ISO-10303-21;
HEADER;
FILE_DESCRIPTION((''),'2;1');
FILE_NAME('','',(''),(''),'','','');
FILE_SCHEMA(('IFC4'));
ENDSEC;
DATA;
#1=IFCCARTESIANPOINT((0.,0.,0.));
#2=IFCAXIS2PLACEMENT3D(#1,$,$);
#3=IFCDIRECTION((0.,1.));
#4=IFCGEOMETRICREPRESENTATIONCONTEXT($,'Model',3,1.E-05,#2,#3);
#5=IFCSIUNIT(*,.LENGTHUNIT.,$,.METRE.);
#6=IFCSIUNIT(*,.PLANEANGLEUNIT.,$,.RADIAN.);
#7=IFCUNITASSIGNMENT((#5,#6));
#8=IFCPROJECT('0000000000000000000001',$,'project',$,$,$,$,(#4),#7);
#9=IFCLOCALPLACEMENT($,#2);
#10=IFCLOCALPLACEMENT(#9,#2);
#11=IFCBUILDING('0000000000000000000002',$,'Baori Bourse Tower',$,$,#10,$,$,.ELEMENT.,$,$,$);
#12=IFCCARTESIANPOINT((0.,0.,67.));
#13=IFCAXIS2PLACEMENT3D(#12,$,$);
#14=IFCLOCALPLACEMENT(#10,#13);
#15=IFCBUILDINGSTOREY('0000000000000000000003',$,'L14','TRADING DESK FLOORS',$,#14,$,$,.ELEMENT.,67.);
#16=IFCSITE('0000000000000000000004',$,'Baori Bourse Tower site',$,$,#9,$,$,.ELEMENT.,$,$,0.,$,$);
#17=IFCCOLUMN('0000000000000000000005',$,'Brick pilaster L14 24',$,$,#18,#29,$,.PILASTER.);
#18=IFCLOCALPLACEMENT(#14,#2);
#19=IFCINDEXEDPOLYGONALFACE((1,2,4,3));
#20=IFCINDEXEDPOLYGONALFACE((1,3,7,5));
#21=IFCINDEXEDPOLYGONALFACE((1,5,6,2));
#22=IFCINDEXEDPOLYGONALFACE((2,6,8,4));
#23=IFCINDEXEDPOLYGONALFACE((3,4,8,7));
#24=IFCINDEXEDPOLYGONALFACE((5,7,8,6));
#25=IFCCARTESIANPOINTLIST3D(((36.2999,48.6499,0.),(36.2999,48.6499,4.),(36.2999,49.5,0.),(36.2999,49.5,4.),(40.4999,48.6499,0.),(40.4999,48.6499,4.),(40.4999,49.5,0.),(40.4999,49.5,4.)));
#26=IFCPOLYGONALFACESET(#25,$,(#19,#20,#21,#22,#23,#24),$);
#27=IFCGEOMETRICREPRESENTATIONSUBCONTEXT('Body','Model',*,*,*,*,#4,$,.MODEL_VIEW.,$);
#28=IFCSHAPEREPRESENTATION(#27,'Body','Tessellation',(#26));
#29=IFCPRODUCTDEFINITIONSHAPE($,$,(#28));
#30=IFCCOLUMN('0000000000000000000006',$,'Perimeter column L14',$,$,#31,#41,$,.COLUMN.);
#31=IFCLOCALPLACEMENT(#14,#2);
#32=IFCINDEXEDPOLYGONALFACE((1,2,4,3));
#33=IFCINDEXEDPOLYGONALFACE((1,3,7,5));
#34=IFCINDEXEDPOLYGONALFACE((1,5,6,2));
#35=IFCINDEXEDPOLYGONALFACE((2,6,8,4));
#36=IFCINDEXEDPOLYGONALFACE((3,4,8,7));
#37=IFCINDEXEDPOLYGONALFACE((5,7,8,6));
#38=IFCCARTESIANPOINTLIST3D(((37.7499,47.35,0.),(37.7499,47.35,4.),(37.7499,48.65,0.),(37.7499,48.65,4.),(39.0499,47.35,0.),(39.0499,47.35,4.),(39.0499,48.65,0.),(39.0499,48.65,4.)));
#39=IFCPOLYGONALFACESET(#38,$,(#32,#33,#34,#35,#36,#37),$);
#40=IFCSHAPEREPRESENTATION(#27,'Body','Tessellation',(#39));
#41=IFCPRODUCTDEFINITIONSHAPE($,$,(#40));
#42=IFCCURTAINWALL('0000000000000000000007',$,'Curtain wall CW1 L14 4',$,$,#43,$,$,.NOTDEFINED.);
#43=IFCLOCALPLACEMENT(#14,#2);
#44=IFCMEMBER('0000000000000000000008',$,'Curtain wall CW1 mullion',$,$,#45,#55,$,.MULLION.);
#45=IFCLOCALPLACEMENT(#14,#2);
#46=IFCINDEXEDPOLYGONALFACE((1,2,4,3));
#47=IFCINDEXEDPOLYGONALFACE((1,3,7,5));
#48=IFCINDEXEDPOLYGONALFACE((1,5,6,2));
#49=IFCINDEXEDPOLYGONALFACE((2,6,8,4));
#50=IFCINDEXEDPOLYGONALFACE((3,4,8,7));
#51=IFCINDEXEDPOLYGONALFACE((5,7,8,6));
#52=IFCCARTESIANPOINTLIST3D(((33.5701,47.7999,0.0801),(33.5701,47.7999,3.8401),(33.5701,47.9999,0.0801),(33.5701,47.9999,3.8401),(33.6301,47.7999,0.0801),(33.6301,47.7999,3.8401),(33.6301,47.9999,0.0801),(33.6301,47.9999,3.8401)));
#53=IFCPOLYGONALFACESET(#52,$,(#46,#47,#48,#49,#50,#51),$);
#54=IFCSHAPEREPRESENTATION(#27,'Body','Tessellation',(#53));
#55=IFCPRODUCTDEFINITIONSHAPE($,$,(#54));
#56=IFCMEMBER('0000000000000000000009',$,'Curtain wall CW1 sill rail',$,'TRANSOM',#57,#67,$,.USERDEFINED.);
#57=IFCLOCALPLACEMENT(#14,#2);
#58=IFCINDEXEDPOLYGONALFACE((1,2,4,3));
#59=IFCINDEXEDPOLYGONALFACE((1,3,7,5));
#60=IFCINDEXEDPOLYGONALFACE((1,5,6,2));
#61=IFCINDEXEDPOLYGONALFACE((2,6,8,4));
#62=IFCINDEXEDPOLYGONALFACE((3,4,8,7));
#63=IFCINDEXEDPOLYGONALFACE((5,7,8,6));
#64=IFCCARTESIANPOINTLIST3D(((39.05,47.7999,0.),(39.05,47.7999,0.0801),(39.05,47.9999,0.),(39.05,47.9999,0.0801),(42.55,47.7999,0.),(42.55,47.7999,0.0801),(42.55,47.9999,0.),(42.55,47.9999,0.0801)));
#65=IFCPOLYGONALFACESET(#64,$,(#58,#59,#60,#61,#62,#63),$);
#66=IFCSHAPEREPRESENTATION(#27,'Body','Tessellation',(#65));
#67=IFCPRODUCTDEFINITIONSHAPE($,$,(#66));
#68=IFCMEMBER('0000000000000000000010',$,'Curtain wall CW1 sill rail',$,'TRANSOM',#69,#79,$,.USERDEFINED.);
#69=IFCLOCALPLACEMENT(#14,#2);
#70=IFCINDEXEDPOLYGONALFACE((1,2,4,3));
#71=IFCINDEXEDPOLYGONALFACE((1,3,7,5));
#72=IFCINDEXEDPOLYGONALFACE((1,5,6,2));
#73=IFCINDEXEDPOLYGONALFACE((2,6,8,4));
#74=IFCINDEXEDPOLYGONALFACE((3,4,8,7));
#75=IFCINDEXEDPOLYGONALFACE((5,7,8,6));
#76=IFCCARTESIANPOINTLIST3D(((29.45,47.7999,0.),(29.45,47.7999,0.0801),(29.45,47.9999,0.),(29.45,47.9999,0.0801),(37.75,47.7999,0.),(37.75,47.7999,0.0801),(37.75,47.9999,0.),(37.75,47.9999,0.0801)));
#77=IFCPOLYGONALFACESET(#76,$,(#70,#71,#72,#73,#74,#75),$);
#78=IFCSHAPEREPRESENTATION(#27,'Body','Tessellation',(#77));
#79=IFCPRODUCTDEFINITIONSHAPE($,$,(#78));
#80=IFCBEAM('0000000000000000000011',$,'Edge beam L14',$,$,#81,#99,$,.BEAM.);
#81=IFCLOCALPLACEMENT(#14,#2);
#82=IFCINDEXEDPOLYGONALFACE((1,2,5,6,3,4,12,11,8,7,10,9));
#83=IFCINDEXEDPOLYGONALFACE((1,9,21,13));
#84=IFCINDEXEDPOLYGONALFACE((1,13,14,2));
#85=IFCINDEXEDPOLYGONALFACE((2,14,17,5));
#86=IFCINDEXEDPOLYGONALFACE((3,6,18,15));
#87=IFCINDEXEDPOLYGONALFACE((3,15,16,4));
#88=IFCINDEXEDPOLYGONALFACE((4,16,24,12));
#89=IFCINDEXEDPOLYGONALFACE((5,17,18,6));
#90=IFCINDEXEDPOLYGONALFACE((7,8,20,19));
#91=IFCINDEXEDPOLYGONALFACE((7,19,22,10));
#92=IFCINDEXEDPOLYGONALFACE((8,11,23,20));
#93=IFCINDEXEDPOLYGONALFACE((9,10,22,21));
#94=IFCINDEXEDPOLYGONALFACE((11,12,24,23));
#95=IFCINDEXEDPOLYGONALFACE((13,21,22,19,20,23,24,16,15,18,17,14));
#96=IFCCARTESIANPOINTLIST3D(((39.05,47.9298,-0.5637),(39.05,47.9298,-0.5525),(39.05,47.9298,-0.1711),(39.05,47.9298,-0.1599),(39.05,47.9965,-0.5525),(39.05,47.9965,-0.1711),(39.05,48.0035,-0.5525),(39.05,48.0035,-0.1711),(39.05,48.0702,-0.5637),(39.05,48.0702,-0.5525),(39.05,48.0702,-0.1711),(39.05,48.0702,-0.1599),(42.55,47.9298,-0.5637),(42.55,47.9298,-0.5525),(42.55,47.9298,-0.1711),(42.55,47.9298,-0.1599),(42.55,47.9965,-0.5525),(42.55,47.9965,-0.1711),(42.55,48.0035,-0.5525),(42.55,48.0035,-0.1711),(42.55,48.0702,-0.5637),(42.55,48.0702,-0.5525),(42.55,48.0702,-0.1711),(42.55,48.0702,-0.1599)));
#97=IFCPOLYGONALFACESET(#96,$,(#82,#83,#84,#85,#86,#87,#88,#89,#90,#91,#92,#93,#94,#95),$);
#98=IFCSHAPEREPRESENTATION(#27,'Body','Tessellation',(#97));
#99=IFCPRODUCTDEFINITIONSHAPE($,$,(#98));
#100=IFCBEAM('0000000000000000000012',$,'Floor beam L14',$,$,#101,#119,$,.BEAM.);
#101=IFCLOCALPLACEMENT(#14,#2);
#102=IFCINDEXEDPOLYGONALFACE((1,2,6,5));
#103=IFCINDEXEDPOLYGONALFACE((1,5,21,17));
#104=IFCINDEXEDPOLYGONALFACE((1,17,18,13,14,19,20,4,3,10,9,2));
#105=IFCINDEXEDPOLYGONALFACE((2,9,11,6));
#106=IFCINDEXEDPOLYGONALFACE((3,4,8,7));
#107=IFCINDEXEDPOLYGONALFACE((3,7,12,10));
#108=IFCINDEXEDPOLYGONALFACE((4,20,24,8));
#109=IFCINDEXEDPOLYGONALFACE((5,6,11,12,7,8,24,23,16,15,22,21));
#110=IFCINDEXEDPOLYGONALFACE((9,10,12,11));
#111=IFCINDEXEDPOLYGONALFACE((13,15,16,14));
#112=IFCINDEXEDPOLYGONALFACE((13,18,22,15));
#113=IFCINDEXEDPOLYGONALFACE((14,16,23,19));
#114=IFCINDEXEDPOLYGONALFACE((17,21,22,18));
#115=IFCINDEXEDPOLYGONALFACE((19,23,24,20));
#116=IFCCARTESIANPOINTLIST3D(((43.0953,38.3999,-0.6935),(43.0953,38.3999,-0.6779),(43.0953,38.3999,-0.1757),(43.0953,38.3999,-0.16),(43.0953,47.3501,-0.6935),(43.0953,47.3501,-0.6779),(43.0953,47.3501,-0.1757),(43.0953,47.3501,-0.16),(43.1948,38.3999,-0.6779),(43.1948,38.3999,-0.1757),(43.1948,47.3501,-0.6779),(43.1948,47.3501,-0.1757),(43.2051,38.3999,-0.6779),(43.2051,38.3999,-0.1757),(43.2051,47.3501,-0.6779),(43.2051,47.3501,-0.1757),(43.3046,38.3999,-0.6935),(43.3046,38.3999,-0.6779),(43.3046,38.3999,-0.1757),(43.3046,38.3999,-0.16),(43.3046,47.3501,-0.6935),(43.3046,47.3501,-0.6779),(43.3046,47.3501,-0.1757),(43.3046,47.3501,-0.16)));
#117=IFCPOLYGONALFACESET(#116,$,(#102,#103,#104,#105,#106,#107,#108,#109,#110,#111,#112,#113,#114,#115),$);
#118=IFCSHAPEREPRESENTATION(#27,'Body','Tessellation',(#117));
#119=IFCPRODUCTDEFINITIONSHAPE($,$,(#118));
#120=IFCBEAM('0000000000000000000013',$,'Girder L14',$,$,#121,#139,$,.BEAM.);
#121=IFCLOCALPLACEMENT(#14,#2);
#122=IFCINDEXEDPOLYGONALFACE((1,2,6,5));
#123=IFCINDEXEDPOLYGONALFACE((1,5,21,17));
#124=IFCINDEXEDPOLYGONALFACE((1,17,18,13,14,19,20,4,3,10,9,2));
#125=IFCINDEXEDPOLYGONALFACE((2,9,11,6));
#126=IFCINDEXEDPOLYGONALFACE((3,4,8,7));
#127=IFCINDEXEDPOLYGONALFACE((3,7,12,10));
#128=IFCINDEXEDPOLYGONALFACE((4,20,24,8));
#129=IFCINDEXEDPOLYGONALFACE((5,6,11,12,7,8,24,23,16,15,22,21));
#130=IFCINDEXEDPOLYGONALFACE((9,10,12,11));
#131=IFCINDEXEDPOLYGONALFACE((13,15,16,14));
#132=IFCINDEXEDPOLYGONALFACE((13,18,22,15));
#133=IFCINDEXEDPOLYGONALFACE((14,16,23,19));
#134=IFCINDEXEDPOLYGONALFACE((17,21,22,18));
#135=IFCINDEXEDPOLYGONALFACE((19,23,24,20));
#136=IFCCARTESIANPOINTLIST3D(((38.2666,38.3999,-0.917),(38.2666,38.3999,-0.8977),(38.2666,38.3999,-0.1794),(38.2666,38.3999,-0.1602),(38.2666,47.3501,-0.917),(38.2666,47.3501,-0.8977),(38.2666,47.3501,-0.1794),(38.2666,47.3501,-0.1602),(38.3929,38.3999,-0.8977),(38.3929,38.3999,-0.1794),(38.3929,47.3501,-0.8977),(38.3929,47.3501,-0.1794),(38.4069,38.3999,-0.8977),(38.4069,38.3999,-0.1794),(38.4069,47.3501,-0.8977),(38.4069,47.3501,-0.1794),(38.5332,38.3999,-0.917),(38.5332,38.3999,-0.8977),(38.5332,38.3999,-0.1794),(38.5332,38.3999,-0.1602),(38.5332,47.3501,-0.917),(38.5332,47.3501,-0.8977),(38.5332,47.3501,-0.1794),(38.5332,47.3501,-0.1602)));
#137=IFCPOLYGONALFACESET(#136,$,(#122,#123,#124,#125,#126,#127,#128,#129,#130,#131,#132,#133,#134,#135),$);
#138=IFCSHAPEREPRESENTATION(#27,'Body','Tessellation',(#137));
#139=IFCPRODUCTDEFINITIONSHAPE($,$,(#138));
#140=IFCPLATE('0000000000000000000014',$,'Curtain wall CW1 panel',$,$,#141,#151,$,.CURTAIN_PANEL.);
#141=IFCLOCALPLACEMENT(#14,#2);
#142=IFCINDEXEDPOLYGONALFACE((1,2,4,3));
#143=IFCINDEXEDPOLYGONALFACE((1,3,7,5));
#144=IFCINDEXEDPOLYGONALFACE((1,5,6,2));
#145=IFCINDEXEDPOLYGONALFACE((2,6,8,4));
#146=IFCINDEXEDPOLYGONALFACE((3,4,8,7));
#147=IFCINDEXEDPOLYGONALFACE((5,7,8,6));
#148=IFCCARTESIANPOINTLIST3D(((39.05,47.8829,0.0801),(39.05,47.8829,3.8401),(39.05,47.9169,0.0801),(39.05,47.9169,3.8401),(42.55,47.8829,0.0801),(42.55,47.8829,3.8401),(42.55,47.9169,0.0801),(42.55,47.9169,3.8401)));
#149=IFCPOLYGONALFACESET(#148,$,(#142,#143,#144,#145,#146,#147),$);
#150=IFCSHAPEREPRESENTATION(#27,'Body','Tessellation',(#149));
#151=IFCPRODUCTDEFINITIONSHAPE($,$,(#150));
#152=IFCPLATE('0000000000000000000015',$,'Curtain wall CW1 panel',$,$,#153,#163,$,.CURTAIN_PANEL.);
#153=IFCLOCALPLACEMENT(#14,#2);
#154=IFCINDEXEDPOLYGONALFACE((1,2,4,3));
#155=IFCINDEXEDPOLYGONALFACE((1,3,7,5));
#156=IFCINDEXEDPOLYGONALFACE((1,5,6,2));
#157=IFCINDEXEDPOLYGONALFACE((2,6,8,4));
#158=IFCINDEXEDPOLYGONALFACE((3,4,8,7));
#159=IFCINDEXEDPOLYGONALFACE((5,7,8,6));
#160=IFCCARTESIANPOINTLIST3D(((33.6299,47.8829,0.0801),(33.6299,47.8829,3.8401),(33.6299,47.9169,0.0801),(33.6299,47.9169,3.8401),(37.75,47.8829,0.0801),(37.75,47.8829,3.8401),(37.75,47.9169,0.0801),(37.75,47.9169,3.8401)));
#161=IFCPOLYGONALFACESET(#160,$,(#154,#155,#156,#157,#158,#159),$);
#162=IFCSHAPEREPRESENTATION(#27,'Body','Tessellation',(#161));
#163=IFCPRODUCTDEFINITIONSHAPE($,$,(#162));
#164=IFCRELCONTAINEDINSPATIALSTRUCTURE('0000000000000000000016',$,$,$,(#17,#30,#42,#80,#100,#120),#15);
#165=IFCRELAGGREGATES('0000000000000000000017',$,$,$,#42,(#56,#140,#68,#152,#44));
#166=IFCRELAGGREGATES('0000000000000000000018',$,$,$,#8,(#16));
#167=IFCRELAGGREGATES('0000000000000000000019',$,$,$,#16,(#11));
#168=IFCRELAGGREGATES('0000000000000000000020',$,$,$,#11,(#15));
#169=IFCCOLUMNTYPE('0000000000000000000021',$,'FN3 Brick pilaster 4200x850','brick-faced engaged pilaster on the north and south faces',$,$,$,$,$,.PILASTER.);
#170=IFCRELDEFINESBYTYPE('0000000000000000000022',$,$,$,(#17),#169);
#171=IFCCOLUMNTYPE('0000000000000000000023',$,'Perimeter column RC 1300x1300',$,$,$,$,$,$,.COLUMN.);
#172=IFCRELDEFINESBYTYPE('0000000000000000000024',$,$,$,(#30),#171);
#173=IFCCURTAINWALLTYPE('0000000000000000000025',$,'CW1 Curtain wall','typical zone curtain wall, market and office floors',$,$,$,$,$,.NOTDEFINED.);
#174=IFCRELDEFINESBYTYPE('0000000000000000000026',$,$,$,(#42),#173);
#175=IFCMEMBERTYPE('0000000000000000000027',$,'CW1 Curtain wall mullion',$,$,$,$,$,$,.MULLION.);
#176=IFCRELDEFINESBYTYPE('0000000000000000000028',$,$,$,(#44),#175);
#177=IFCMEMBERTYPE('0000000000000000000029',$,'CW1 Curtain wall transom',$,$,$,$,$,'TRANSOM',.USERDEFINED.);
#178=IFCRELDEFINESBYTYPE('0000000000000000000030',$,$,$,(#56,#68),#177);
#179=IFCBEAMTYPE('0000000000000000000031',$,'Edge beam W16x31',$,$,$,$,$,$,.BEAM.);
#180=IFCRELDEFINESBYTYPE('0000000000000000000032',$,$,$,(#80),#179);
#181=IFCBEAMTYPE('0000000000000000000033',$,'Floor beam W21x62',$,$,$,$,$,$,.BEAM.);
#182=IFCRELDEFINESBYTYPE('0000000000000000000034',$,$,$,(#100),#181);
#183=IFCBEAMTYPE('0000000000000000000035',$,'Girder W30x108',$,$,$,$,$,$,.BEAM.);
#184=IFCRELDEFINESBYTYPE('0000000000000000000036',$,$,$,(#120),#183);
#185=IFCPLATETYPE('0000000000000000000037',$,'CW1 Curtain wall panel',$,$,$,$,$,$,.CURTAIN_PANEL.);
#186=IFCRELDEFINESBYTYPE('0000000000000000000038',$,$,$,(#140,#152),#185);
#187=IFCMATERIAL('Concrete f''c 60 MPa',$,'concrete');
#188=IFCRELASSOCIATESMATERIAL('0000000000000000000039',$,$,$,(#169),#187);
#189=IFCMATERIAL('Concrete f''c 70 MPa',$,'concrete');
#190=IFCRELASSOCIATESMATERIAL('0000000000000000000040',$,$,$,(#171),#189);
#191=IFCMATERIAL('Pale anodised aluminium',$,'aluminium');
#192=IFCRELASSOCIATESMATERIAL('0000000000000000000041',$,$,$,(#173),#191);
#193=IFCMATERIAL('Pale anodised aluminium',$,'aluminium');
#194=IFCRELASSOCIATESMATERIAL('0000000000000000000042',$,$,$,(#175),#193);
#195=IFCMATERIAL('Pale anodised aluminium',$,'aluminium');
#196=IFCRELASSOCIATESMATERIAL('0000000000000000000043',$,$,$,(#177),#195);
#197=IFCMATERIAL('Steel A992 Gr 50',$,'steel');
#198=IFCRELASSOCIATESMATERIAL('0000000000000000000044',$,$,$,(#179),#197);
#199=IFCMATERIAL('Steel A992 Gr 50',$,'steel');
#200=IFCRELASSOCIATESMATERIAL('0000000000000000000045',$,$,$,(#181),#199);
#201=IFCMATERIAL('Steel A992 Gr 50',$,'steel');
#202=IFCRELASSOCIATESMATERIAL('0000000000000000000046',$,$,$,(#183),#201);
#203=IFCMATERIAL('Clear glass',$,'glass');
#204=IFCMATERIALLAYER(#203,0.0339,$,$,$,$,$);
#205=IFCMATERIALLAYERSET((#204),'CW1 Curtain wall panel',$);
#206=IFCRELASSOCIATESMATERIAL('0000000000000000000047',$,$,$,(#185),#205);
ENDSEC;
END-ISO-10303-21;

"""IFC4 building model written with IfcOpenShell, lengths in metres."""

from ifc_helpers import new_model, si_unit, direction, frame, origin, origin_2d, place, context, subcontext, project, spatial, rectangle, i_section, extrude, material, layer, layer_set, material_profile, profile_set, type_object, element, aggregate, save


model = new_model("IFC4")

# Units and contexts
model_context = context("Model", 3, precision=1e-05, world=origin(), true_north=direction((0.0, 1.0)))
body_context = subcontext(model_context, "Body", "Model", "MODEL_VIEW")
ifc_project = project(units=[si_unit("LENGTHUNIT", "METRE"), si_unit("PLANEANGLEUNIT", "RADIAN")], contexts=[model_context])

# Site, building, storey
site_placement = place(None, origin())
site = spatial("IfcSite", under=ifc_project, at=site_placement, Name="Baori Bourse Tower site", CompositionType="ELEMENT", RefElevation=0.0)
building_placement = place(site_placement, origin())
building = spatial("IfcBuilding", under=site, at=building_placement, Name="Baori Bourse Tower", CompositionType="ELEMENT")
storey_placement = place(building_placement, frame((0.0, 0.0, 67.0)))
storey = spatial("IfcBuildingStorey", under=building, at=storey_placement, Name="L14", Description="TRADING DESK FLOORS", CompositionType="ELEMENT", Elevation=67.0)

# Columns
ifc_material_1 = material(Name="Concrete f'c 60 MPa", Category="concrete")
ifc_material_profile_1 = material_profile(ifc_material_1, rectangle(XDim=4.2, YDim=0.8501, at=origin_2d()), Name="RC 4200x850")
ifc_profile_set_1 = profile_set([ifc_material_profile_1], Name="Concrete f'c 60 MPa")
column_type_1 = type_object("IfcColumnType", Name="FN3 Brick pilaster 4200x850", Description="brick-faced engaged pilaster on the north and south faces", PredefinedType="PILASTER", material=ifc_profile_set_1)
column_1_placement = place(storey_placement, frame((38.3999, 49.075, 0.0), z_axis=(0.0, 0.0, 1.0), x_axis=(1.0, 0.0, 0.0)))
element("IfcColumn", 1, at=column_1_placement, inside=storey, type_object=column_type_1, Name="Brick pilaster L14 24", PredefinedType="PILASTER", context=body_context, shape_type="SweptSolid", body=[
    extrude(rectangle(XDim=4.2, YDim=0.8501, at=origin_2d()), origin(), (0.0, 0.0, 1.0), 4.0),
])
ifc_material_2 = material(Name="Concrete f'c 70 MPa", Category="concrete")
ifc_material_profile_2 = material_profile(ifc_material_2, rectangle(XDim=1.3, YDim=1.3, at=origin_2d()), Name="RC 1300x1300")
ifc_profile_set_2 = profile_set([ifc_material_profile_2], Name="Concrete f'c 70 MPa")
column_type_2 = type_object("IfcColumnType", Name="Perimeter column RC 1300x1300", PredefinedType="COLUMN", material=ifc_profile_set_2)
column_2_placement = place(storey_placement, frame((38.3999, 48.0, 0.0), z_axis=(0.0, 0.0, 1.0), x_axis=(1.0, 0.0, 0.0)))
element("IfcColumn", 2, at=column_2_placement, inside=storey, type_object=column_type_2, Name="Perimeter column L14", PredefinedType="COLUMN", context=body_context, shape_type="SweptSolid", body=[
    extrude(rectangle(XDim=1.3, YDim=1.3, at=origin_2d()), origin(), (0.0, 0.0, 1.0), 4.0),
])

# Curtain wall, members
ifc_material_3 = material(Name="Pale anodised aluminium", Category="aluminium")
curtain_wall_type = type_object("IfcCurtainWallType", Name="CW1 Curtain wall", Description="typical zone curtain wall, market and office floors", PredefinedType="NOTDEFINED", material=ifc_material_3)
curtain_wall_placement = place(storey_placement, origin())
curtain_wall = element("IfcCurtainWall", 3, at=curtain_wall_placement, inside=storey, type_object=curtain_wall_type, Name="Curtain wall CW1 L14 4", PredefinedType="NOTDEFINED")
ifc_material_4 = material(Name="Pale anodised aluminium", Category="aluminium")
ifc_material_profile_3 = material_profile(ifc_material_4, rectangle(XDim=0.2, YDim=0.0601, at=origin_2d()), Name="Mullion 60x200")
ifc_profile_set_3 = profile_set([ifc_material_profile_3], Name="Pale anodised aluminium")
member_type_1 = type_object("IfcMemberType", Name="CW1 Curtain wall mullion", PredefinedType="MULLION", material=ifc_profile_set_3)
member_1_placement = place(storey_placement, frame((33.6001, 47.8999, 0.0801), z_axis=(0.0, 0.0, 1.0), x_axis=(0.0, -1.0, 0.0)))
member_1 = element("IfcMember", 4, at=member_1_placement, type_object=member_type_1, Name="Curtain wall CW1 mullion", PredefinedType="MULLION", context=body_context, shape_type="SweptSolid", body=[
    extrude(rectangle(XDim=0.2, YDim=0.0601, at=origin_2d()), origin(), (0.0, 0.0, 1.0), 3.76),
])
ifc_material_5 = material(Name="Pale anodised aluminium", Category="aluminium")
ifc_material_profile_4 = material_profile(ifc_material_5, rectangle(XDim=0.2, YDim=0.0801, at=origin_2d()), Name="Transom 80x200")
ifc_profile_set_4 = profile_set([ifc_material_profile_4], Name="Pale anodised aluminium")
member_type_2 = type_object("IfcMemberType", Name="CW1 Curtain wall transom", ElementType="TRANSOM", PredefinedType="USERDEFINED", material=ifc_profile_set_4)
member_2_placement = place(storey_placement, frame((42.55, 47.8999, 0.04), z_axis=(-1.0, 0.0, 0.0), x_axis=(0.0, -1.0, 0.0)))
member_2 = element("IfcMember", 5, at=member_2_placement, type_object=member_type_2, Name="Curtain wall CW1 sill rail", ObjectType="TRANSOM", PredefinedType="USERDEFINED", context=body_context, shape_type="SweptSolid", body=[
    extrude(rectangle(XDim=0.2, YDim=0.0801, at=origin_2d()), origin(), (0.0, 0.0, 1.0), 3.5),
])
member_3_placement = place(storey_placement, frame((37.75, 47.8999, 0.04), z_axis=(-1.0, 0.0, 0.0), x_axis=(0.0, -1.0, 0.0)))
member_3 = element("IfcMember", 6, at=member_3_placement, type_object=member_type_2, Name="Curtain wall CW1 sill rail", ObjectType="TRANSOM", PredefinedType="USERDEFINED", context=body_context, shape_type="SweptSolid", body=[
    extrude(rectangle(XDim=0.2, YDim=0.0801, at=origin_2d()), origin(), (0.0, 0.0, 1.0), 8.3),
])

# Beams
ifc_material_6 = material(Name="Steel A992 Gr 50", Category="steel")
ifc_material_profile_5 = material_profile(ifc_material_6, i_section(OverallWidth=0.1404, OverallDepth=0.4038, WebThickness=0.0071, FlangeThickness=0.0112, at=origin_2d()), Name="W16x31")
ifc_profile_set_5 = profile_set([ifc_material_profile_5], Name="Steel A992 Gr 50")
beam_type_1 = type_object("IfcBeamType", Name="Edge beam W16x31", PredefinedType="BEAM", material=ifc_profile_set_5)
beam_1_placement = place(storey_placement, frame((39.05, 48.0, -0.3618), z_axis=(1.0, 0.0, 0.0), x_axis=(0.0, 1.0, 0.0)))
element("IfcBeam", 7, at=beam_1_placement, inside=storey, type_object=beam_type_1, Name="Edge beam L14", PredefinedType="BEAM", context=body_context, shape_type="SweptSolid", body=[
    extrude(i_section(OverallWidth=0.1404, OverallDepth=0.4038, WebThickness=0.0071, FlangeThickness=0.0112, at=origin_2d()), origin(), (0.0, 0.0, 1.0), 3.5),
])
ifc_material_7 = material(Name="Steel A992 Gr 50", Category="steel")
ifc_material_profile_6 = material_profile(ifc_material_7, i_section(OverallWidth=0.2092, OverallDepth=0.5334, WebThickness=0.0103, FlangeThickness=0.0156, at=origin_2d()), Name="W21x62")
ifc_profile_set_6 = profile_set([ifc_material_profile_6], Name="Steel A992 Gr 50")
beam_type_2 = type_object("IfcBeamType", Name="Floor beam W21x62", PredefinedType="BEAM", material=ifc_profile_set_6)
beam_2_placement = place(storey_placement, frame((43.2, 38.3999, -0.4268), z_axis=(0.0, 1.0, 0.0), x_axis=(-1.0, 0.0, 0.0)))
element("IfcBeam", 8, at=beam_2_placement, inside=storey, type_object=beam_type_2, Name="Floor beam L14", PredefinedType="BEAM", context=body_context, shape_type="SweptSolid", body=[
    extrude(i_section(OverallWidth=0.2092, OverallDepth=0.5334, WebThickness=0.0103, FlangeThickness=0.0156, at=origin_2d()), origin(), (0.0, 0.0, 1.0), 8.9502),
])
ifc_material_8 = material(Name="Steel A992 Gr 50", Category="steel")
ifc_material_profile_7 = material_profile(ifc_material_8, i_section(OverallWidth=0.2666, OverallDepth=0.7568, WebThickness=0.0139, FlangeThickness=0.0193, at=origin_2d()), Name="W30x108")
ifc_profile_set_7 = profile_set([ifc_material_profile_7], Name="Steel A992 Gr 50")
beam_type_3 = type_object("IfcBeamType", Name="Girder W30x108", PredefinedType="BEAM", material=ifc_profile_set_7)
beam_3_placement = place(storey_placement, frame((38.3999, 38.3999, -0.5386), z_axis=(0.0, 1.0, 0.0), x_axis=(-1.0, 0.0, 0.0)))
element("IfcBeam", 9, at=beam_3_placement, inside=storey, type_object=beam_type_3, Name="Girder L14", PredefinedType="BEAM", context=body_context, shape_type="SweptSolid", body=[
    extrude(i_section(OverallWidth=0.2666, OverallDepth=0.7568, WebThickness=0.0139, FlangeThickness=0.0193, at=origin_2d()), origin(), (0.0, 0.0, 1.0), 8.9502),
])

# Plates
ifc_material_9 = material(Name="Clear glass", Category="glass")
ifc_layer_1 = layer(ifc_material_9, 0.0339)
ifc_layer_set_1 = layer_set([ifc_layer_1], Name="CW1 Curtain wall panel")
plate_type = type_object("IfcPlateType", Name="CW1 Curtain wall panel", PredefinedType="CURTAIN_PANEL", material=ifc_layer_set_1)
plate_1_placement = place(storey_placement, frame((40.8, 47.8999, 0.0801), z_axis=(0.0, 0.0, 1.0), x_axis=(-1.0, 0.0, 0.0)))
plate_1 = element("IfcPlate", 10, at=plate_1_placement, type_object=plate_type, Name="Curtain wall CW1 panel", PredefinedType="CURTAIN_PANEL", context=body_context, shape_type="SweptSolid", body=[
    extrude(rectangle(XDim=3.5, YDim=0.0339, at=origin_2d()), origin(), (0.0, 0.0, 1.0), 3.76),
])
plate_2_placement = place(storey_placement, frame((35.6899, 47.8999, 0.0801), z_axis=(0.0, 0.0, 1.0), x_axis=(-1.0, 0.0, 0.0)))
plate_2 = element("IfcPlate", 11, at=plate_2_placement, type_object=plate_type, Name="Curtain wall CW1 panel", PredefinedType="CURTAIN_PANEL", context=body_context, shape_type="SweptSolid", body=[
    extrude(rectangle(XDim=4.1201, YDim=0.0339, at=origin_2d()), origin(), (0.0, 0.0, 1.0), 3.76),
])
aggregate(curtain_wall, [member_2, plate_1, member_3, plate_2, member_1])

save(model, "model.ifc")
